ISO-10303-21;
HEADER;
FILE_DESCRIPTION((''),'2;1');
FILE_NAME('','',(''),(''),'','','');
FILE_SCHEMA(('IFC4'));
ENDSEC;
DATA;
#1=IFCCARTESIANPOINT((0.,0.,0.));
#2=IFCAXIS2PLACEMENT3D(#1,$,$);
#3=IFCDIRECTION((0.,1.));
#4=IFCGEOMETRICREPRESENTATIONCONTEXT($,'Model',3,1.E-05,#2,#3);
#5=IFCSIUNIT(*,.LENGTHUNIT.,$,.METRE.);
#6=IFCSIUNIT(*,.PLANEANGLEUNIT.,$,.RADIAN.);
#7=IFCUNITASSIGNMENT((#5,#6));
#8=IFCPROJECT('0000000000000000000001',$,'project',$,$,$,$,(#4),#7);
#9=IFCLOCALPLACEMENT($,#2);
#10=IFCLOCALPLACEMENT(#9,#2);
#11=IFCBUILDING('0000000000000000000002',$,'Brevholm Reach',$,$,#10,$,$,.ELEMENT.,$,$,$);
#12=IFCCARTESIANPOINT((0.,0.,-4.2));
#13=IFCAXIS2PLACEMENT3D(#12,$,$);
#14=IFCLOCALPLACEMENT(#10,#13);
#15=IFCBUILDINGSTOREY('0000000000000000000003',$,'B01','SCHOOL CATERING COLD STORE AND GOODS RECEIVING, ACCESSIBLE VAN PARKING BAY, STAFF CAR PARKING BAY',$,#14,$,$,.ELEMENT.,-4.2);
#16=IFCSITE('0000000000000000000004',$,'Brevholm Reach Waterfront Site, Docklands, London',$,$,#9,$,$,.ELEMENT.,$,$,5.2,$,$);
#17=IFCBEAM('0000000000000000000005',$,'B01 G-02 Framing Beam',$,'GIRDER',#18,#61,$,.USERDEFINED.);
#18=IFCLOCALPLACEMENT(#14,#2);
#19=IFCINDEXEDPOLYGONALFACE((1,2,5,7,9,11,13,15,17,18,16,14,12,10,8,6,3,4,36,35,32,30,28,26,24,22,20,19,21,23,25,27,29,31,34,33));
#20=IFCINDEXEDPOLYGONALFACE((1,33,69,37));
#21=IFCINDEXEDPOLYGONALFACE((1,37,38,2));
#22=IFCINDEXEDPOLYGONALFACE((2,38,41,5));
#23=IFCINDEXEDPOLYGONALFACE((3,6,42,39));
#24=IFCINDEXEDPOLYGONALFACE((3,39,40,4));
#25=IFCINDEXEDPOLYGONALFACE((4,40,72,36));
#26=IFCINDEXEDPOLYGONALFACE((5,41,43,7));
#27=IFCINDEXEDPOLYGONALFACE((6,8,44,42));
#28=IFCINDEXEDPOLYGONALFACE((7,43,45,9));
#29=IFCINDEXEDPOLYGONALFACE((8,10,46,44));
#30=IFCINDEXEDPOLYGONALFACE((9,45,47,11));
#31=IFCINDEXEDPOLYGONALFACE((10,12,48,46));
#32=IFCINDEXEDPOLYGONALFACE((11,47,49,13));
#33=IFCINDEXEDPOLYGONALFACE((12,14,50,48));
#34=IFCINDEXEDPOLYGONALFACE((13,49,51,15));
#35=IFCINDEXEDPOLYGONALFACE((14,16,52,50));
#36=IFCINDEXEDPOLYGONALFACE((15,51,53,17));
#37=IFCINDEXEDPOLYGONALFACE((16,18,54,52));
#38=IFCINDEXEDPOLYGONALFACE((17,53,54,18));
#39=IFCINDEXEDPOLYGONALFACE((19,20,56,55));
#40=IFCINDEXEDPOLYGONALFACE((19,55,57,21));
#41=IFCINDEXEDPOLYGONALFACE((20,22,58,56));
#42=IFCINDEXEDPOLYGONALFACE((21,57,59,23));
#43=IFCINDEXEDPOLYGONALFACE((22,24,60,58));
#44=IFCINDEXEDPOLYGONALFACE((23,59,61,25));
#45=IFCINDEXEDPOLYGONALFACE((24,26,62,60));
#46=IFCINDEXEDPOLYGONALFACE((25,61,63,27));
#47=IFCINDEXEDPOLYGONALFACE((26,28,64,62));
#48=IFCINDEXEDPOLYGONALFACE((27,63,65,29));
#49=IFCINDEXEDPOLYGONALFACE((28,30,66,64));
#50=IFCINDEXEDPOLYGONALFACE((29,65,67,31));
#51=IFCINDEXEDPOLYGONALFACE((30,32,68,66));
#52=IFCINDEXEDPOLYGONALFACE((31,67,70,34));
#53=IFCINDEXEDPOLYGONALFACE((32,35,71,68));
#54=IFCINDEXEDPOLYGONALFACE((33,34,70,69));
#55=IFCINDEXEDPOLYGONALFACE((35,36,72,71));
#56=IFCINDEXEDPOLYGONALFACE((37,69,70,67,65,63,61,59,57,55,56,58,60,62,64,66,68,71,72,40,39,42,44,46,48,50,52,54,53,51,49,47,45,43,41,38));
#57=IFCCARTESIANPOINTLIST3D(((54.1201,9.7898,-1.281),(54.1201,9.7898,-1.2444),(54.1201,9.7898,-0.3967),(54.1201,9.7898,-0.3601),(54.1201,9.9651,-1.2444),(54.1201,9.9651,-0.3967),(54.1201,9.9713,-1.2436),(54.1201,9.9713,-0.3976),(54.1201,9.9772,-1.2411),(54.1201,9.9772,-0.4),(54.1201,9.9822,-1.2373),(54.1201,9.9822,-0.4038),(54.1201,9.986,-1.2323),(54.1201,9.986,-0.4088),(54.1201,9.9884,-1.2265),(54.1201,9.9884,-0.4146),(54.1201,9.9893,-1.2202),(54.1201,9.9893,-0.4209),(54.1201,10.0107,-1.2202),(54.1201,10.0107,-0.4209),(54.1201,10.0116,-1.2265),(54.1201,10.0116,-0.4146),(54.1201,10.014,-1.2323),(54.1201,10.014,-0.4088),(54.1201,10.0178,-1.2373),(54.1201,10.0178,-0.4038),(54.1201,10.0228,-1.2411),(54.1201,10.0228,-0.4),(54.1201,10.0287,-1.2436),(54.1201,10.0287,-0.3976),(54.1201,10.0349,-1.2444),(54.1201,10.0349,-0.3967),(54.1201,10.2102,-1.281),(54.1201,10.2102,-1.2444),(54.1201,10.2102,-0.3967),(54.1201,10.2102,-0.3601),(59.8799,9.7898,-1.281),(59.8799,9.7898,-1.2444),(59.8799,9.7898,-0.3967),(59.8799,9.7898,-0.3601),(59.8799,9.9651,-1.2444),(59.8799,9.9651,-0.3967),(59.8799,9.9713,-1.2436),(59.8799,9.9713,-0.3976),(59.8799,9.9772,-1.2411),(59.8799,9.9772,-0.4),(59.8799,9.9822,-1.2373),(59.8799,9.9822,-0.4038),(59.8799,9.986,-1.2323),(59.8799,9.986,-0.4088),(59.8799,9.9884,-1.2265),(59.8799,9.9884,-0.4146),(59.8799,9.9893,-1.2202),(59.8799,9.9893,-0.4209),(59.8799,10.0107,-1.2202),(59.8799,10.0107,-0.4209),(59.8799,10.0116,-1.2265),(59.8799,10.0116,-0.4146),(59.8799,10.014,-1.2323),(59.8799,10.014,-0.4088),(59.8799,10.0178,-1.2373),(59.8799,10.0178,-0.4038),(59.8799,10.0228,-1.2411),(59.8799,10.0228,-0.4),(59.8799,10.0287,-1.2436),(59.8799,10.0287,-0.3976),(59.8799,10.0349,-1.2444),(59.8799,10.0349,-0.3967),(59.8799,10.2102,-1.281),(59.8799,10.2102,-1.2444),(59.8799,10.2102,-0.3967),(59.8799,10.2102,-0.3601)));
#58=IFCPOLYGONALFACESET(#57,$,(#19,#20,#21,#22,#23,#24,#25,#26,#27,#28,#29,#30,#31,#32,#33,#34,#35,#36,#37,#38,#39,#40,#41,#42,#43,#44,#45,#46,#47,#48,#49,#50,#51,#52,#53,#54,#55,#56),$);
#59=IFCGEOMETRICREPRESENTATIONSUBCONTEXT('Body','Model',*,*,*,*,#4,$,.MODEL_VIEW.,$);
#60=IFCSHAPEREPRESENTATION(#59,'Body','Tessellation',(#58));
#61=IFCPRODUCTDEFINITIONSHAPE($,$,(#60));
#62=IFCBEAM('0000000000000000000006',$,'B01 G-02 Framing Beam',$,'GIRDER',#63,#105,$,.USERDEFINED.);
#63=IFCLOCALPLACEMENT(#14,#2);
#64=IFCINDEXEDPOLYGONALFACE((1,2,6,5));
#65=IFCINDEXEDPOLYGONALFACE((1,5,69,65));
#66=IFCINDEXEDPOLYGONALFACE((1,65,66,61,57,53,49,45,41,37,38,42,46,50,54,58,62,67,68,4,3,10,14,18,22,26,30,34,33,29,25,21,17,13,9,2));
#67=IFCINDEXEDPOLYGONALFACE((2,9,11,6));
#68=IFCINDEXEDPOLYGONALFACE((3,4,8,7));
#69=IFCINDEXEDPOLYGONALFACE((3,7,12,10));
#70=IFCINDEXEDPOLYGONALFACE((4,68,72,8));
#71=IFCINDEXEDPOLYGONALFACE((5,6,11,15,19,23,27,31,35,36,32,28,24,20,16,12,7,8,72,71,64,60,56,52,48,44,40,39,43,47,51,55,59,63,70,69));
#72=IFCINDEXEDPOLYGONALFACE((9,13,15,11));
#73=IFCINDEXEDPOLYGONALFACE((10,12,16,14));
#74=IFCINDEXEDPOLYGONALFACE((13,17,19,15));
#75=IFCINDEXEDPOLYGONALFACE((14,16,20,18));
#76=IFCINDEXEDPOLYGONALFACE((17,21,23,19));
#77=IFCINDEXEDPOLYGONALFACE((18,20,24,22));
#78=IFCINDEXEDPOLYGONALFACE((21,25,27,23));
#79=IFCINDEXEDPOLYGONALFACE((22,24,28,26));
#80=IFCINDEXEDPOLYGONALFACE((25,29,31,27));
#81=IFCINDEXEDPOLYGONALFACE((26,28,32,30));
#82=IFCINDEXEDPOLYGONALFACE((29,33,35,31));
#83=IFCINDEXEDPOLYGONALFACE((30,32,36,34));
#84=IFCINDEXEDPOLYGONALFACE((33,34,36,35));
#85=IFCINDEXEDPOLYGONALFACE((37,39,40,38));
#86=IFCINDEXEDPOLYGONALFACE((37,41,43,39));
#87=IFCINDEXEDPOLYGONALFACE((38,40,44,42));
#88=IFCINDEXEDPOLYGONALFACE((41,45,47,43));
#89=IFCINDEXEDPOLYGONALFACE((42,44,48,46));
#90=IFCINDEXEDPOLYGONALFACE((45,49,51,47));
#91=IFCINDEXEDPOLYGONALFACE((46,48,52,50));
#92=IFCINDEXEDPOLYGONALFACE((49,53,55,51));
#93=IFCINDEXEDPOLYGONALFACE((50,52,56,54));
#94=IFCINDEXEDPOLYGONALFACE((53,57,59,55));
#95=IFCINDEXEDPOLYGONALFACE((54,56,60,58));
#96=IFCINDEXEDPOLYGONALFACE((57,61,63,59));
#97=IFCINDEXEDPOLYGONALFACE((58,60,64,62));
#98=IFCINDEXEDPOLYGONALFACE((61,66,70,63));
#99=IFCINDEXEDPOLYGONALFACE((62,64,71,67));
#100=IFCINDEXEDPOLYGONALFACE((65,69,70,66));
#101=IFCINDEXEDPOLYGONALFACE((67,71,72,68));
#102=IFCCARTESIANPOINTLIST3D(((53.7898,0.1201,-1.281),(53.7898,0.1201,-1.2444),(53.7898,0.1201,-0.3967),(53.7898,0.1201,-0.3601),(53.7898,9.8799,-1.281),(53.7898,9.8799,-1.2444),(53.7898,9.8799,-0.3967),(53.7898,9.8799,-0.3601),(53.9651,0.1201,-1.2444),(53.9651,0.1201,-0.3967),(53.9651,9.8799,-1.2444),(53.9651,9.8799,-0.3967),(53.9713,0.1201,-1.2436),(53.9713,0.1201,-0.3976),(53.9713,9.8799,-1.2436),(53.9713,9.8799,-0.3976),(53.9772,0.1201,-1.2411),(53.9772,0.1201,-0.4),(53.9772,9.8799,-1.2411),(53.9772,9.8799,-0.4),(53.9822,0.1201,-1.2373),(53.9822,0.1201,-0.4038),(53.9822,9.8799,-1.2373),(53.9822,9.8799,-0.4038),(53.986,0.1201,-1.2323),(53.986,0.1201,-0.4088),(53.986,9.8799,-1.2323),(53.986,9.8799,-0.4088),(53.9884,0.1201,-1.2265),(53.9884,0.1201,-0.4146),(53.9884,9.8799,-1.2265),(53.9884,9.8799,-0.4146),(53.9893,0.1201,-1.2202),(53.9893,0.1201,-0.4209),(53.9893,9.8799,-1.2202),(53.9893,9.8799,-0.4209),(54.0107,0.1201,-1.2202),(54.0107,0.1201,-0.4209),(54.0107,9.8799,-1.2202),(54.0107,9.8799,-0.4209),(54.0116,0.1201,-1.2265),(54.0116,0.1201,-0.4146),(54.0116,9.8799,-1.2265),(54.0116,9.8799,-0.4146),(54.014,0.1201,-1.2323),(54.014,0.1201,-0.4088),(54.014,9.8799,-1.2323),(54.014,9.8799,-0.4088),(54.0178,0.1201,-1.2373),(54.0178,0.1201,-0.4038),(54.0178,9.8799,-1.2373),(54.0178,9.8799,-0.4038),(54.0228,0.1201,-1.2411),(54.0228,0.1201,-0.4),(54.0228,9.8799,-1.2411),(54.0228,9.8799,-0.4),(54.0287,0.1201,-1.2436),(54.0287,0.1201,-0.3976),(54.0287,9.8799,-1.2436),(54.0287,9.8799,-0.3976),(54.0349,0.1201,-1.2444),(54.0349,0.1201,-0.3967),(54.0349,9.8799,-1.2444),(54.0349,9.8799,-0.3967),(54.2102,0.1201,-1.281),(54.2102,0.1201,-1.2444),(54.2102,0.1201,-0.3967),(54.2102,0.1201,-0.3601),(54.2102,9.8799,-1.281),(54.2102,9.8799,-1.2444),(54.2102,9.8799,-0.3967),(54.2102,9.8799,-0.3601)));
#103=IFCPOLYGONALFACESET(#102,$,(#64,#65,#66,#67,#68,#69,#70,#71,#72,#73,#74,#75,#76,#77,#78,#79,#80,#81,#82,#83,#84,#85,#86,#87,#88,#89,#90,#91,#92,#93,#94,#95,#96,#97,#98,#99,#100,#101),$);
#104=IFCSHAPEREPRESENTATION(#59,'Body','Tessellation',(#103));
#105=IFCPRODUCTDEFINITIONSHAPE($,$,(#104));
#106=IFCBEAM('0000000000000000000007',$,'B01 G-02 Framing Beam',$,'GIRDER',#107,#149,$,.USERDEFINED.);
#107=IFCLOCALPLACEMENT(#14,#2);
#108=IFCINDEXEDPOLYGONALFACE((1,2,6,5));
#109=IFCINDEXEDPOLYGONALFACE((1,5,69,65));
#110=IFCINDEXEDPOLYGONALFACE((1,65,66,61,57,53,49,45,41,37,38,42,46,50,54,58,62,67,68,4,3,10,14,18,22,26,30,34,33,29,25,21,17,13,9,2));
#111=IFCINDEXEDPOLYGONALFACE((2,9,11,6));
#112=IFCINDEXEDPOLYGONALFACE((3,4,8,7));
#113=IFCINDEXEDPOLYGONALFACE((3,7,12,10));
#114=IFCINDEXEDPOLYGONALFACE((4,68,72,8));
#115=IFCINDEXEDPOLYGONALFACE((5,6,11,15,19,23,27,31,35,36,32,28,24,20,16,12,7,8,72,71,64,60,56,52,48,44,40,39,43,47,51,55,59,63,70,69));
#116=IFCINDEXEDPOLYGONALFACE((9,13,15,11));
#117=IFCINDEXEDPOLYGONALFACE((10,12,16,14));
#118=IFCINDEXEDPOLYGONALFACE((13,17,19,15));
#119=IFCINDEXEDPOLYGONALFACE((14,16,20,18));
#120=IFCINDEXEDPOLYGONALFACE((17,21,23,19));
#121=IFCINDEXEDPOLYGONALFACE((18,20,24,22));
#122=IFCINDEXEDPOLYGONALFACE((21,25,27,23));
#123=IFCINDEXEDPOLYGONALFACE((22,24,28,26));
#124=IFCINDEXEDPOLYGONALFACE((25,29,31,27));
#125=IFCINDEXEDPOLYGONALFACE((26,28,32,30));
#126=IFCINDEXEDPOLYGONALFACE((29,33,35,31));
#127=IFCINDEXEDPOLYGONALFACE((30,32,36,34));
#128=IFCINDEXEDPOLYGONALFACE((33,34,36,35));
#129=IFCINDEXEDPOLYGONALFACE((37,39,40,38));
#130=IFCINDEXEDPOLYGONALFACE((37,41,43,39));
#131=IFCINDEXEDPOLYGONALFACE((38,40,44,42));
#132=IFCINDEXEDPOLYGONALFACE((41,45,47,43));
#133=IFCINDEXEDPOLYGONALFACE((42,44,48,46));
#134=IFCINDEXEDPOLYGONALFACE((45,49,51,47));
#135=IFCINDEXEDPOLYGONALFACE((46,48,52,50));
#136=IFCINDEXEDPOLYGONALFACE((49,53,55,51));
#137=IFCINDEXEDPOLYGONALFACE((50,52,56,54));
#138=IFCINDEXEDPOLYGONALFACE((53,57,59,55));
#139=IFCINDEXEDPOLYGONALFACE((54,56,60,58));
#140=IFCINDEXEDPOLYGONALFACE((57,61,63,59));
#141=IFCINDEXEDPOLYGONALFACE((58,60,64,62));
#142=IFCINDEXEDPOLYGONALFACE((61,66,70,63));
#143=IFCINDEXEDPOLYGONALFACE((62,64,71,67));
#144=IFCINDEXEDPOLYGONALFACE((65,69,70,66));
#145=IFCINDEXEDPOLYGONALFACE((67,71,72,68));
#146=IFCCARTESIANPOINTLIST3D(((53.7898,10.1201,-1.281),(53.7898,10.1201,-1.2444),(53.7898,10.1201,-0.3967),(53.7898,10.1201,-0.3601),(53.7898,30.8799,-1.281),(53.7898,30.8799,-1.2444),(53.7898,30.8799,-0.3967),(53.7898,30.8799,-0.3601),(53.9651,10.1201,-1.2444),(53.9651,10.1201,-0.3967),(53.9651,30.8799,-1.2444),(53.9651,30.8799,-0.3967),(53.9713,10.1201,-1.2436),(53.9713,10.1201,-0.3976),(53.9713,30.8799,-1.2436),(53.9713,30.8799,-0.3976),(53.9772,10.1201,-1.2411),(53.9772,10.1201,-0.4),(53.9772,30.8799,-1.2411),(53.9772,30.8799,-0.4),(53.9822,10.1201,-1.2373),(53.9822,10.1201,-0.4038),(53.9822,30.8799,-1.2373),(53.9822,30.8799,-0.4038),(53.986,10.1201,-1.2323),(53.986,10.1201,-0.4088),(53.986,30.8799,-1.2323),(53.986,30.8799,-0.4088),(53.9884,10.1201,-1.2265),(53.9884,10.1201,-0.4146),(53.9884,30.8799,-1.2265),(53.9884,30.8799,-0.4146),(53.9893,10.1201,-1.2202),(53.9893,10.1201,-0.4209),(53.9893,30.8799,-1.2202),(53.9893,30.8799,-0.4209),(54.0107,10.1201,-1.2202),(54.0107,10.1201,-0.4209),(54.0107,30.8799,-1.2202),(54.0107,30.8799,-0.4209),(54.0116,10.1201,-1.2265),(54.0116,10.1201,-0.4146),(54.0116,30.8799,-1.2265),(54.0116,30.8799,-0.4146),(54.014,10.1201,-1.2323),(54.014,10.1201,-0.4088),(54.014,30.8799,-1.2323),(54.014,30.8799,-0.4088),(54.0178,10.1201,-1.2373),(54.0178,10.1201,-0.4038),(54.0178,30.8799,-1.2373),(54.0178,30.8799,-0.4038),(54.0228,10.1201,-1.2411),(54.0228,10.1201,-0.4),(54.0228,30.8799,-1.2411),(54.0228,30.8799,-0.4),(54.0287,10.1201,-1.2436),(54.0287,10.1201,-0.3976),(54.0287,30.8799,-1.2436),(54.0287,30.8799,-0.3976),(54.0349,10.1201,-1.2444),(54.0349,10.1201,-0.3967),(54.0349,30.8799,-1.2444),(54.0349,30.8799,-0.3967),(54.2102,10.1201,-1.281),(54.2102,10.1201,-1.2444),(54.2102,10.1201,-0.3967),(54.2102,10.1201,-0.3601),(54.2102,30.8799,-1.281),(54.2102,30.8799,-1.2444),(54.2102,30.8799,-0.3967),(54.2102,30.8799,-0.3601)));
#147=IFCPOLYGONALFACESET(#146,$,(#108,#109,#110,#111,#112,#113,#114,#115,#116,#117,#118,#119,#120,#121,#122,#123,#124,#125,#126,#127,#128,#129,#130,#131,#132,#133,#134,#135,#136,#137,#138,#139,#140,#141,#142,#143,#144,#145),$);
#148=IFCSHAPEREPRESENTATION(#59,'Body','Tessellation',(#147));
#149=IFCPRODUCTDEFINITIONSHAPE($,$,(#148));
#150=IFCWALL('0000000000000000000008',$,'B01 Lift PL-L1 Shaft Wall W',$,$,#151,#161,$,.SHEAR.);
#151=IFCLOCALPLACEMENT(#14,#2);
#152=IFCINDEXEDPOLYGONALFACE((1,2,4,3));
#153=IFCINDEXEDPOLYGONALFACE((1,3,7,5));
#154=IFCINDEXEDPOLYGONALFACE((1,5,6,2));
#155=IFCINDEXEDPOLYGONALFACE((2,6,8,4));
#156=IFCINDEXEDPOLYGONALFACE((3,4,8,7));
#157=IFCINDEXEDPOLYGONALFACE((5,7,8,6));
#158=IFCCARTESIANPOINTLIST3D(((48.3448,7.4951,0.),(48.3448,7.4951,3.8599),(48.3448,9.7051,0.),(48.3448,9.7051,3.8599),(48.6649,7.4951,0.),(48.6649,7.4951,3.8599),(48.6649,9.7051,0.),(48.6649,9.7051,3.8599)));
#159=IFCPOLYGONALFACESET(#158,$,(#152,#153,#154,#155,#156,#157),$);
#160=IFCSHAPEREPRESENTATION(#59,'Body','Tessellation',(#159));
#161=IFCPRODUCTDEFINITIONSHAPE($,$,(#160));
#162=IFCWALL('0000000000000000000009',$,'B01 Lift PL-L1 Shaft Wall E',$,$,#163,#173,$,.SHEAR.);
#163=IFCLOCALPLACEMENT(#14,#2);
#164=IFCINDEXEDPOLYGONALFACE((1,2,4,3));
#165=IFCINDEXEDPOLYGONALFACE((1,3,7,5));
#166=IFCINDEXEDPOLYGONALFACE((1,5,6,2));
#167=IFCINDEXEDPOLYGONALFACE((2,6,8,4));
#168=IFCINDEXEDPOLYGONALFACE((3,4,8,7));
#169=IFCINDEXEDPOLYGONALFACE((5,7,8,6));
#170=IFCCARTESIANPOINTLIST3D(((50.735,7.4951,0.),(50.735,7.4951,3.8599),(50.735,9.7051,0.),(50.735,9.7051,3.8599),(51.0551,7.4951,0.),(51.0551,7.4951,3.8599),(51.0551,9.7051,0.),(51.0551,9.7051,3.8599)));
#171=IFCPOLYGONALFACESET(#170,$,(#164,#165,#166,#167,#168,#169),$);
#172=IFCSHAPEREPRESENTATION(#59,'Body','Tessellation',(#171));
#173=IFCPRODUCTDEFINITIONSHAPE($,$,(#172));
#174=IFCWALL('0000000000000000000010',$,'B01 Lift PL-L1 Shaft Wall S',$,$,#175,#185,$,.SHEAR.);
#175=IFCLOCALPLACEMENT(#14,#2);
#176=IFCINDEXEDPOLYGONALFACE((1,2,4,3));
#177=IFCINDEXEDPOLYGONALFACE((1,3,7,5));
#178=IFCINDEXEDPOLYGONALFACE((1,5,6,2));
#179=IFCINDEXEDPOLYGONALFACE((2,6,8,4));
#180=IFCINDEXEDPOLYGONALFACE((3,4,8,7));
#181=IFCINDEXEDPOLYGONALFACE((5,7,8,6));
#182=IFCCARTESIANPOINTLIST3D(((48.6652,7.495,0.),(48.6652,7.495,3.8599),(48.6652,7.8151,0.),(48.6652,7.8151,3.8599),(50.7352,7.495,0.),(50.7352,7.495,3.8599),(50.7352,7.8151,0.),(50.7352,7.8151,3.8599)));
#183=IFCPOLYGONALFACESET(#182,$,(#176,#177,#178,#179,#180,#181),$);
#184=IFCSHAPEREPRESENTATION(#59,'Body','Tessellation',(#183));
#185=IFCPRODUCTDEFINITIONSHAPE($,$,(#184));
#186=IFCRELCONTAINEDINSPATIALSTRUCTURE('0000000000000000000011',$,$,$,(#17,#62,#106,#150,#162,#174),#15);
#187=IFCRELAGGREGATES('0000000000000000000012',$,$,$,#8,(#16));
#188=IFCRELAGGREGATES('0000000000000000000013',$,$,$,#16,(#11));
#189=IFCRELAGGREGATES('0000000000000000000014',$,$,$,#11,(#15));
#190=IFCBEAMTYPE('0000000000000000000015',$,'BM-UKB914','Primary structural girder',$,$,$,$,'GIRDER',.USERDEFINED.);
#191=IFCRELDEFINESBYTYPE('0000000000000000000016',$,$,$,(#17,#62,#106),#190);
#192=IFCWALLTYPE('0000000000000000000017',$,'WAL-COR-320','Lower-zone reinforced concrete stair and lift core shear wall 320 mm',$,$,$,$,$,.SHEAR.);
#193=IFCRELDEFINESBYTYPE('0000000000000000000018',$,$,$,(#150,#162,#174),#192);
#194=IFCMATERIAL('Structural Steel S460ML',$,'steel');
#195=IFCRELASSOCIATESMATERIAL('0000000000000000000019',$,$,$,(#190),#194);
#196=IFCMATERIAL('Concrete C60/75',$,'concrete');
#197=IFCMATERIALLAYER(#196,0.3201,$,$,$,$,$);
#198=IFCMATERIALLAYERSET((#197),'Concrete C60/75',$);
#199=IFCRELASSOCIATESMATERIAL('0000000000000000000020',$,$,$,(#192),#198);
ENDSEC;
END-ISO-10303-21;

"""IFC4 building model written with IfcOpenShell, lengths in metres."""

from ifc_helpers import new_model, si_unit, direction, frame, frame_2d, origin, origin_2d, place, context, subcontext, project, spatial, rectangle, i_section, extrude, material, layer, layer_set, material_profile, profile_set, type_object, element, save


model = new_model("IFC4")

# Units and contexts
model_context = context("Model", 3, precision=1e-05, world=origin(), true_north=direction((0.0, 1.0)))
body_context = subcontext(model_context, "Body", "Model", "MODEL_VIEW")
ifc_project = project(units=[si_unit("LENGTHUNIT", "METRE"), si_unit("PLANEANGLEUNIT", "RADIAN")], contexts=[model_context])

# Site, building, storey
site_placement = place(None, origin())
site = spatial("IfcSite", under=ifc_project, at=site_placement, Name="Brevholm Reach Waterfront Site, Docklands, London", CompositionType="ELEMENT", RefElevation=5.2)
building_placement = place(site_placement, origin())
building = spatial("IfcBuilding", under=site, at=building_placement, Name="Brevholm Reach", CompositionType="ELEMENT")
storey_placement = place(building_placement, frame((0.0, 0.0, -4.2)))
storey = spatial("IfcBuildingStorey", under=building, at=storey_placement, Name="B01", Description="SCHOOL CATERING COLD STORE AND GOODS RECEIVING, ACCESSIBLE VAN PARKING BAY, STAFF CAR PARKING BAY", CompositionType="ELEMENT", Elevation=-4.2)

# Beams
ifc_material_1 = material(Name="Structural Steel S460ML", Category="steel")
ifc_material_profile_1 = material_profile(ifc_material_1, i_section(OverallWidth=0.4204, OverallDepth=0.9209, WebThickness=0.0215, FlangeThickness=0.0366, FilletRadius=0.0242, at=origin_2d()), Name="UKB 914x419x388")
ifc_profile_set_1 = profile_set([ifc_material_profile_1], Name="Structural Steel S460ML")
beam_type_1 = type_object("IfcBeamType", Name="BM-UKB914", Description="Primary structural girder", ElementType="GIRDER", PredefinedType="USERDEFINED", material=ifc_profile_set_1)
for number, where, z_axis, x_axis, name in (
    (1, (54.1201, 10.0, -0.8206), (1.0, 0.0, 0.0), (0.0, 1.0, 0.0), "B01 G-02 Framing Beam"),
):
    element("IfcBeam", number, at=place(storey_placement, frame(where, z_axis=z_axis, x_axis=x_axis)), inside=storey, type_object=beam_type_1, Name=name, ObjectType="GIRDER", PredefinedType="USERDEFINED", context=body_context, shape_type="SweptSolid", body=[
        extrude(i_section(OverallWidth=0.4204, OverallDepth=0.9209, WebThickness=0.0215, FlangeThickness=0.0366, FilletRadius=0.0242, at=origin_2d()), origin(), (0.0, 0.0, 1.0), 5.7598),
    ])
beam_1_placement = place(storey_placement, frame((54.0, 0.1201, -0.8206), z_axis=(0.0, 1.0, 0.0), x_axis=(-1.0, 0.0, 0.0)))
element("IfcBeam", 2, at=beam_1_placement, inside=storey, type_object=beam_type_1, Name="B01 G-02 Framing Beam", ObjectType="GIRDER", PredefinedType="USERDEFINED", context=body_context, shape_type="SweptSolid", body=[
    extrude(i_section(OverallWidth=0.4204, OverallDepth=0.9209, WebThickness=0.0215, FlangeThickness=0.0366, FilletRadius=0.0242, at=origin_2d()), origin(), (0.0, 0.0, 1.0), 9.7598),
])
beam_2_placement = place(storey_placement, frame((54.0, 10.1201, -0.8206), z_axis=(0.0, 1.0, 0.0), x_axis=(-1.0, 0.0, 0.0)))
element("IfcBeam", 3, at=beam_2_placement, inside=storey, type_object=beam_type_1, Name="B01 G-02 Framing Beam", ObjectType="GIRDER", PredefinedType="USERDEFINED", context=body_context, shape_type="SweptSolid", body=[
    extrude(i_section(OverallWidth=0.4204, OverallDepth=0.9209, WebThickness=0.0215, FlangeThickness=0.0366, FilletRadius=0.0242, at=origin_2d()), origin(), (0.0, 0.0, 1.0), 20.7598),
])

# Walls
ifc_material_2 = material(Name="Concrete C60/75", Category="concrete")
ifc_layer_1 = layer(ifc_material_2, 0.3201)
ifc_layer_set_1 = layer_set([ifc_layer_1], Name="Concrete C60/75")
wall_type_1 = type_object("IfcWallType", Name="WAL-COR-320", Description="Lower-zone reinforced concrete stair and lift core shear wall 320 mm", PredefinedType="SHEAR", material=ifc_layer_set_1)
for number, where, z_axis, x_axis, name in (
    (4, (48.5049, 7.4951, 0.0), (0.0, 0.0, 1.0), (0.0, 1.0, 0.0), "B01 Lift PL-L1 Shaft Wall W"),
    (5, (50.895, 7.4951, 0.0), (0.0, 0.0, 1.0), (0.0, 1.0, 0.0), "B01 Lift PL-L1 Shaft Wall E"),
):
    element("IfcWall", number, at=place(storey_placement, frame(where, z_axis=z_axis, x_axis=x_axis)), inside=storey, type_object=wall_type_1, Name=name, PredefinedType="SHEAR", context=body_context, shape_type="SweptSolid", body=[
        extrude(rectangle(XDim=2.21, YDim=0.3201, at=frame_2d((1.105, 0.0))), origin(), (0.0, 0.0, 1.0), 3.8599),
    ])
wall_1_placement = place(storey_placement, frame((48.665, 7.655, 0.0), z_axis=(0.0, 0.0, 1.0), x_axis=(1.0, 0.0, 0.0)))
element("IfcWall", 6, at=wall_1_placement, inside=storey, type_object=wall_type_1, Name="B01 Lift PL-L1 Shaft Wall S", PredefinedType="SHEAR", context=body_context, shape_type="SweptSolid", body=[
    extrude(rectangle(XDim=2.0701, YDim=0.3201, at=frame_2d((1.0352, 0.0))), origin(), (0.0, 0.0, 1.0), 3.8599),
])

save(model, "model.ifc")
